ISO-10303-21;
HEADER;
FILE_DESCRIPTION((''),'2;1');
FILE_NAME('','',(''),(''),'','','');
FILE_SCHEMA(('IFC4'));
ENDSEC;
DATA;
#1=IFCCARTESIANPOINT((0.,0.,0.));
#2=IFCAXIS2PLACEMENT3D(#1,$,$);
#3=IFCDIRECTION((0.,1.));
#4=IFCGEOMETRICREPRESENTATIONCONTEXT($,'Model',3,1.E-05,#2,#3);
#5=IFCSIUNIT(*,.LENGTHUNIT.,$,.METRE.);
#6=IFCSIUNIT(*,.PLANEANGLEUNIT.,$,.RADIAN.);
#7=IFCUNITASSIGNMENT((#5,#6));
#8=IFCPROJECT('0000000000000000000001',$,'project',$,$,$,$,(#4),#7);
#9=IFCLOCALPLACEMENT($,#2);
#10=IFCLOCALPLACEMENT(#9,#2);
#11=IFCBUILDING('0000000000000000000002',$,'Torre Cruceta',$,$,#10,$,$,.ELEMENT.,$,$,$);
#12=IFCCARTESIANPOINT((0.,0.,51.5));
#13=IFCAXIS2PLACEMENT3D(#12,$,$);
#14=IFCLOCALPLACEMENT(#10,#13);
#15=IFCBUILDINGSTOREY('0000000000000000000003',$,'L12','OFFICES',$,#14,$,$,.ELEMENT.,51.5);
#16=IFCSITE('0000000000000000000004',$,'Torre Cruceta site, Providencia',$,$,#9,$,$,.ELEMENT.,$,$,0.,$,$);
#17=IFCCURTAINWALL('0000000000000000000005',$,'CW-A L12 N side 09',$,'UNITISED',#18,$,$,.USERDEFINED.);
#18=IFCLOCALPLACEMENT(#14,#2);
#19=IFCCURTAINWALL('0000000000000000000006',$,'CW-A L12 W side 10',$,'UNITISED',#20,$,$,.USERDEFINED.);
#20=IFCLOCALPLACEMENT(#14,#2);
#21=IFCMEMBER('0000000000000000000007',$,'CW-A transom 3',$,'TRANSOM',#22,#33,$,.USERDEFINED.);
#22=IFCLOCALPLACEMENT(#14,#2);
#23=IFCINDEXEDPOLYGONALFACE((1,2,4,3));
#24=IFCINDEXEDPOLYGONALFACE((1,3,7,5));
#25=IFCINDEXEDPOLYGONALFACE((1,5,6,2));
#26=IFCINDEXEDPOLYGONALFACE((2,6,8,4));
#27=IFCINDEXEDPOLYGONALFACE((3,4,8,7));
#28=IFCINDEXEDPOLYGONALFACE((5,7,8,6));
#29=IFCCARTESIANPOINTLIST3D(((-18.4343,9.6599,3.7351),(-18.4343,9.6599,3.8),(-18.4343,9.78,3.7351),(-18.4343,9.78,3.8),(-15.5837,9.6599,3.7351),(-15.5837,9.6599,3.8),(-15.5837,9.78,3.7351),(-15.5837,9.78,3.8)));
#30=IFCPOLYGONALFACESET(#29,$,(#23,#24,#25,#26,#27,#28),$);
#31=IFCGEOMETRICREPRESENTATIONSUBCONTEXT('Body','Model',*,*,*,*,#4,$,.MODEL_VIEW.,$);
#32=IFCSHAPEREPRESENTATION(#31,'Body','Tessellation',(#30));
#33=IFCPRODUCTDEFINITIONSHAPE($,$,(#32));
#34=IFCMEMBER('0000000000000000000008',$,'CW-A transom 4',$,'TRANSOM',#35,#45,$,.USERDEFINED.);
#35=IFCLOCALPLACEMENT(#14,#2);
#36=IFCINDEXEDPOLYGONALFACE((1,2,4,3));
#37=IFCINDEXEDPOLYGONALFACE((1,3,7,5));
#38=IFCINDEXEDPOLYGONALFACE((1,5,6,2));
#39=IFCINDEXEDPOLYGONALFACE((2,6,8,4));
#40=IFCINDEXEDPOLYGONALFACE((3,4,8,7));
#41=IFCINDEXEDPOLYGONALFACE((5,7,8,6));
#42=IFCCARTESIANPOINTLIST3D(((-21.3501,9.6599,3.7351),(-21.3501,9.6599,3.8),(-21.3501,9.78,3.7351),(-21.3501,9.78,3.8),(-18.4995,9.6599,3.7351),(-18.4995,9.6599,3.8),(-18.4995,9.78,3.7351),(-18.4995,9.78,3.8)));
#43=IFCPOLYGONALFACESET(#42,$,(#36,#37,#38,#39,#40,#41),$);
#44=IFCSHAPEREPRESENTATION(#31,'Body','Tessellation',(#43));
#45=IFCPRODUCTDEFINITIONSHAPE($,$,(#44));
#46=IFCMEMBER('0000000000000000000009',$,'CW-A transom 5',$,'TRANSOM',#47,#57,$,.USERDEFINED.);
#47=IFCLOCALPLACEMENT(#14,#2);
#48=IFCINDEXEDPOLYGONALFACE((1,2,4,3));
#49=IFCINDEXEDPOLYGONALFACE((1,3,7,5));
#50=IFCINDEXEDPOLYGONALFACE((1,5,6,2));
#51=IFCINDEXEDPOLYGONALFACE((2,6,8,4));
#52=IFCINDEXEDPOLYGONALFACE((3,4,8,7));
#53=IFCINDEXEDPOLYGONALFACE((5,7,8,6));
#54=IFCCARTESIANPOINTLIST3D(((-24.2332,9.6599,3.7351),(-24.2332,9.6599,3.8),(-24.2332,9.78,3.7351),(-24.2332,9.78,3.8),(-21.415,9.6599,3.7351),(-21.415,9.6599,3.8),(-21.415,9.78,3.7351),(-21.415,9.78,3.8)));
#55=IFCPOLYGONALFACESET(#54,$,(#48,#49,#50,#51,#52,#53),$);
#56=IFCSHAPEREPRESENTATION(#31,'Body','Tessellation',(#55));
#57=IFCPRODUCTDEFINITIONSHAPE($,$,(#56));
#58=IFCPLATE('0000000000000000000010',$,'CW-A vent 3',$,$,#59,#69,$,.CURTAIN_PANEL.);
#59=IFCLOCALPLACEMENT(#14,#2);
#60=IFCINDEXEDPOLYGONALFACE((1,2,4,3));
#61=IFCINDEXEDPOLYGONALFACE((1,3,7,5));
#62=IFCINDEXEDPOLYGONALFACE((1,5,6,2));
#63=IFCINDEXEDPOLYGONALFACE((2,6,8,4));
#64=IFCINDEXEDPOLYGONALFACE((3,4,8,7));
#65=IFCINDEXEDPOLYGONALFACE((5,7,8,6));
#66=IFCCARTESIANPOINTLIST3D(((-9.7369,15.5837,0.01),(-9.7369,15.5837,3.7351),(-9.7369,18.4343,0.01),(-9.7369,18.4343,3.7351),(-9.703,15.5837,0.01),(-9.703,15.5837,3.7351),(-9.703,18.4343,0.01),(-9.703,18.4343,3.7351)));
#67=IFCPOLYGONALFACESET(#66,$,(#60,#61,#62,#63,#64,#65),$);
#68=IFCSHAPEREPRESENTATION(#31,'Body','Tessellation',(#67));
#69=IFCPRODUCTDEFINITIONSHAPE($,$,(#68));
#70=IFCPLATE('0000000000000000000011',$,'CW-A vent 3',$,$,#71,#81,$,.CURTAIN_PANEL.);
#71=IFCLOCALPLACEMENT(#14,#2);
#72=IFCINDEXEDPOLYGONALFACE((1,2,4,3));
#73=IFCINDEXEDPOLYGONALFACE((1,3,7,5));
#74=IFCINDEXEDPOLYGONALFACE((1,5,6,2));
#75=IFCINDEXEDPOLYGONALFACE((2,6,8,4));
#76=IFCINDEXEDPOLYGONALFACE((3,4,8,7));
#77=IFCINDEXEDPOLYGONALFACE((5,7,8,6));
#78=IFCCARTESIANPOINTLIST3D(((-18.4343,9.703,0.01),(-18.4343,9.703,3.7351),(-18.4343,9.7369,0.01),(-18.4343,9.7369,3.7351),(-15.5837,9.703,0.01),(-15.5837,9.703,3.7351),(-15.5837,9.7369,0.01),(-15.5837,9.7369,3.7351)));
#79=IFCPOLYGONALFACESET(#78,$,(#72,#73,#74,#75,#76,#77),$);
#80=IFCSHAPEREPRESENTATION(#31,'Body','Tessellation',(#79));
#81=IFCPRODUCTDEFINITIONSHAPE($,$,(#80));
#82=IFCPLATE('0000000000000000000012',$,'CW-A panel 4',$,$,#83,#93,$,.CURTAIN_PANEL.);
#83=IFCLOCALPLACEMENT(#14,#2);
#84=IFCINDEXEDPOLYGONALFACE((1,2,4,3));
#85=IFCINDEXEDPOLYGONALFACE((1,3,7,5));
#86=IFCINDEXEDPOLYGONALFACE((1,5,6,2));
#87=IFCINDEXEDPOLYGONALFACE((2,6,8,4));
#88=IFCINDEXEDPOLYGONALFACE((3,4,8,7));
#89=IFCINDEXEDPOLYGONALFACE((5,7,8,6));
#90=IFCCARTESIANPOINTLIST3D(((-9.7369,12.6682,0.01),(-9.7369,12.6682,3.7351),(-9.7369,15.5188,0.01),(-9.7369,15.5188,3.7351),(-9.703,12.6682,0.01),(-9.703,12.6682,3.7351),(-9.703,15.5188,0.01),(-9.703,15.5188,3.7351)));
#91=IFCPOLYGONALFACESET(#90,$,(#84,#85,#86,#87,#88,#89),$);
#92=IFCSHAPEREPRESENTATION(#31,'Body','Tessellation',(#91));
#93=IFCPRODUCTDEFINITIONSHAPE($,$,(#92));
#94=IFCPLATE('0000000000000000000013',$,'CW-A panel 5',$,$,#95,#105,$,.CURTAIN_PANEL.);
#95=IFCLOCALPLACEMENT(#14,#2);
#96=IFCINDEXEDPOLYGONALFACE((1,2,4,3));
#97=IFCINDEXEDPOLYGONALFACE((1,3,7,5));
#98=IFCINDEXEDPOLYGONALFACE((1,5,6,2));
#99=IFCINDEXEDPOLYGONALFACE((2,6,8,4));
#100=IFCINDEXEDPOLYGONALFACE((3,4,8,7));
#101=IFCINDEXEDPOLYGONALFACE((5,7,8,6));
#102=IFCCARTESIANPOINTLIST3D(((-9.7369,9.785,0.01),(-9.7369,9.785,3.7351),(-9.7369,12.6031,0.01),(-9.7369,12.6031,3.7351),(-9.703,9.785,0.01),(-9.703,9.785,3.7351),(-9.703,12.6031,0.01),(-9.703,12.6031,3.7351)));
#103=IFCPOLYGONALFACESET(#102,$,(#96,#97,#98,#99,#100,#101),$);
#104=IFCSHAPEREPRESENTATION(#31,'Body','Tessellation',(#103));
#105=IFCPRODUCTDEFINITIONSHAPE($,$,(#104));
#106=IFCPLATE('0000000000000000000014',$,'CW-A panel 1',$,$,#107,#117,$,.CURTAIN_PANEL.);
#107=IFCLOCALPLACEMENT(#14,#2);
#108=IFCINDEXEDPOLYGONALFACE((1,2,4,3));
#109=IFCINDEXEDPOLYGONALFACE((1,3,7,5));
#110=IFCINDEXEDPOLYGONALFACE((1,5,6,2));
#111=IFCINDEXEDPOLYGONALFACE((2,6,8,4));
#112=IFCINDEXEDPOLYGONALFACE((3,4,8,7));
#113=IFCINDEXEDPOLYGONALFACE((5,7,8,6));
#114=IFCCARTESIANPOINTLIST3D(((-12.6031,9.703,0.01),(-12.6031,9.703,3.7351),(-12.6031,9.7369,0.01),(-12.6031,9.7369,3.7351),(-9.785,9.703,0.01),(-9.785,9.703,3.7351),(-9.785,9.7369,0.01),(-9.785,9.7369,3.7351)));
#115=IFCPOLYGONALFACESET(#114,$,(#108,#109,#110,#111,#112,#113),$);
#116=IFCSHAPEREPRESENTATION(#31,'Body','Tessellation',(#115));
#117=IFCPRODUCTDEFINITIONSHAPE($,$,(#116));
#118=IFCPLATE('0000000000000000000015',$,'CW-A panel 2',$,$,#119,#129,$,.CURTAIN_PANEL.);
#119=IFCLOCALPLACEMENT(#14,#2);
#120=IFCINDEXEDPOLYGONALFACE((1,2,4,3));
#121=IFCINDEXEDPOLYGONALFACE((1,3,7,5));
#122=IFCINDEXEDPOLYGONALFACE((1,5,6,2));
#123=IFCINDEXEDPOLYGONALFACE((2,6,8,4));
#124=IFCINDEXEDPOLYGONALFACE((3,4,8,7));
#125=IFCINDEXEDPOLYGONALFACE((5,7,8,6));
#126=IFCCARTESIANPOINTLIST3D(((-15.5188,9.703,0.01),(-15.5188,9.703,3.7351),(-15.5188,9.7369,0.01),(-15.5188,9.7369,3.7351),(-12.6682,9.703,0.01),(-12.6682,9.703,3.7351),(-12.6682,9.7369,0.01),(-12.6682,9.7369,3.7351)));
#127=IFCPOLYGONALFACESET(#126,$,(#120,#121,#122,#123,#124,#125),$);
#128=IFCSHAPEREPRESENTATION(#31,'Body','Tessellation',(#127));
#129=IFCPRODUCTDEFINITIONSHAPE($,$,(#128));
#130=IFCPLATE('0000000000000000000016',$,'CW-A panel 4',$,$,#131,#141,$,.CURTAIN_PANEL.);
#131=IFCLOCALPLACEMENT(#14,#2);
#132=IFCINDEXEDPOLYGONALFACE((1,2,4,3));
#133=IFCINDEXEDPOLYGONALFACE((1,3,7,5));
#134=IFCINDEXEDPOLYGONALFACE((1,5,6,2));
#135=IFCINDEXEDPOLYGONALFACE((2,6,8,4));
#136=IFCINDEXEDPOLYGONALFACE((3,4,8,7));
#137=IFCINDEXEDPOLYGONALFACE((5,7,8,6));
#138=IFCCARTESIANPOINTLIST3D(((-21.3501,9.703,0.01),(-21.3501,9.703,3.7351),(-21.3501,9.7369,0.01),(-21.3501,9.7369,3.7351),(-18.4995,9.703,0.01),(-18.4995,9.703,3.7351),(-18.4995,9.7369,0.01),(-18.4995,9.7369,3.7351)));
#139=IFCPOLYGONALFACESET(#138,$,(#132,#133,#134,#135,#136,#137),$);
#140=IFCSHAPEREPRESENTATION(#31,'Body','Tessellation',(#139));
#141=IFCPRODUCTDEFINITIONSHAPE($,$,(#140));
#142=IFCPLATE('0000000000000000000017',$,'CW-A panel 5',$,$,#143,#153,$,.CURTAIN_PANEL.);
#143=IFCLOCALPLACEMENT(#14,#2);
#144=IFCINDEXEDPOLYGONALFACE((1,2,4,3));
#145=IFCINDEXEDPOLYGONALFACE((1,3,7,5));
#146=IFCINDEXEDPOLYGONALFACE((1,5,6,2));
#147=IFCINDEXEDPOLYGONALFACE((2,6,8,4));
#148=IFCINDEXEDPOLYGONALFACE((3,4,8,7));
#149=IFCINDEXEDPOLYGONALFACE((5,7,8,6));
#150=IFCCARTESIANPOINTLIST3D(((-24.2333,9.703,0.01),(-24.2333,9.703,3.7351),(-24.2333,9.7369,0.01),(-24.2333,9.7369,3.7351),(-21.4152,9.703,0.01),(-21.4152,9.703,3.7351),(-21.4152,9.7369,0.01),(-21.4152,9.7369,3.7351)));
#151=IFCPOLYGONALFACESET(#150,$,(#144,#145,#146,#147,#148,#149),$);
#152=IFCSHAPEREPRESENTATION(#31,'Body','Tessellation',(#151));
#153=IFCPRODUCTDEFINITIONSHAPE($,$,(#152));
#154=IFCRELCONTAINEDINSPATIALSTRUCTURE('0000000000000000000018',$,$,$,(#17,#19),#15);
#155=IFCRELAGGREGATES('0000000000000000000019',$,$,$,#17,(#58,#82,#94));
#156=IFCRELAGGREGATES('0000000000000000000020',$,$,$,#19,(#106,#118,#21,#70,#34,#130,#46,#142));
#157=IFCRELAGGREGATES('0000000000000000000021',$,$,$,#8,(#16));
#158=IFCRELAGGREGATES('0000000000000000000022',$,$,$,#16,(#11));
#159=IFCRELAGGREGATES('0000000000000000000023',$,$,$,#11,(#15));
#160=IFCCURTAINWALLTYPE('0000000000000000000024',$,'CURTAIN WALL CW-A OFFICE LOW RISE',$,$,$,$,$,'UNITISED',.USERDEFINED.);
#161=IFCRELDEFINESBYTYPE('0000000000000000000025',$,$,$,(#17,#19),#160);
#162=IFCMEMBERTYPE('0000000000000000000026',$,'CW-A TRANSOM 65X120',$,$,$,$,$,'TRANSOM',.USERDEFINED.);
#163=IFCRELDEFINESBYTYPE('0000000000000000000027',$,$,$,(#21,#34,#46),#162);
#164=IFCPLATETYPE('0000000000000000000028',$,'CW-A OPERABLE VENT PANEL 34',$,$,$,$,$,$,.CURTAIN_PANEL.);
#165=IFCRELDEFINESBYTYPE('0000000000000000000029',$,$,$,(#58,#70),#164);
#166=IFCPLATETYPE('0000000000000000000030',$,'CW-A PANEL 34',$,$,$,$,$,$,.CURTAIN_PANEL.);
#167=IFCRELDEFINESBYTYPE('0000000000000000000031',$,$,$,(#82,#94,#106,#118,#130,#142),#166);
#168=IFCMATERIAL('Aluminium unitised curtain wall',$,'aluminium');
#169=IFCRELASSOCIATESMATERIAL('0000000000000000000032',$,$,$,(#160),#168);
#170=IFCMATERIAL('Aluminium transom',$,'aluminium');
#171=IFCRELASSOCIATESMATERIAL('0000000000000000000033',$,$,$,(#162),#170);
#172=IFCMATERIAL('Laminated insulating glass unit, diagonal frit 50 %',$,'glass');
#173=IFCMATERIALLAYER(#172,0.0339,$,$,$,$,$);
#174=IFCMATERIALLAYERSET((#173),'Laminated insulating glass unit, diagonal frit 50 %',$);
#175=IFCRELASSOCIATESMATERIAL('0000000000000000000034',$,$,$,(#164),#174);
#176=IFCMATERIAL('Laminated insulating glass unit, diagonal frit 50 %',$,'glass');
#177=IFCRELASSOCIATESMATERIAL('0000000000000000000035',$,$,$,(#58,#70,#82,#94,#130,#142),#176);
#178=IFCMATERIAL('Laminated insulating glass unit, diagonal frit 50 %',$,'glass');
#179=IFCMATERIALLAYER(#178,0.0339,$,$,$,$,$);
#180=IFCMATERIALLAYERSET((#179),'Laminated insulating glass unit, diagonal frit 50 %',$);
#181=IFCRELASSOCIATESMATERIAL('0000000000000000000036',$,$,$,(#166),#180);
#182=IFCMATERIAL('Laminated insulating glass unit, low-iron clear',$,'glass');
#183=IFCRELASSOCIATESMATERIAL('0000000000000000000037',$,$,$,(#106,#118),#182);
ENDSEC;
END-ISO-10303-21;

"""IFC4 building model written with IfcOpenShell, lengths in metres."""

from ifc_helpers import new_model, si_unit, direction, frame, origin, origin_2d, place, context, subcontext, project, spatial, rectangle, extrude, material, layer, layer_set, material_profile, profile_set, type_object, element, aggregate, save


model = new_model("IFC4")

# Units and contexts
model_context = context("Model", 3, precision=1e-05, world=origin(), true_north=direction((0.0, 1.0)))
body_context = subcontext(model_context, "Body", "Model", "MODEL_VIEW")
ifc_project = project(units=[si_unit("LENGTHUNIT", "METRE"), si_unit("PLANEANGLEUNIT", "RADIAN")], contexts=[model_context])

# Site, building, storey
site_placement = place(None, origin())
site = spatial("IfcSite", under=ifc_project, at=site_placement, Name="Torre Cruceta site, Providencia", CompositionType="ELEMENT", RefElevation=0.0)
building_placement = place(site_placement, origin())
building = spatial("IfcBuilding", under=site, at=building_placement, Name="Torre Cruceta", CompositionType="ELEMENT")
storey_placement = place(building_placement, frame((0.0, 0.0, 51.5)))
storey = spatial("IfcBuildingStorey", under=building, at=storey_placement, Name="L12", Description="OFFICES", CompositionType="ELEMENT", Elevation=51.5)

# Curtain walls
ifc_material_1 = material(Name="Aluminium unitised curtain wall", Category="aluminium")
curtain_wall_type = type_object("IfcCurtainWallType", Name="CURTAIN WALL CW-A OFFICE LOW RISE", ElementType="UNITISED", PredefinedType="USERDEFINED", material=ifc_material_1)
curtain_wall_1_placement = place(storey_placement, origin())
curtain_wall_1 = element("IfcCurtainWall", 1, at=curtain_wall_1_placement, inside=storey, type_object=curtain_wall_type, Name="CW-A L12 N side 09", ObjectType="UNITISED", PredefinedType="USERDEFINED")
curtain_wall_2_placement = place(storey_placement, origin())
curtain_wall_2 = element("IfcCurtainWall", 2, at=curtain_wall_2_placement, inside=storey, type_object=curtain_wall_type, Name="CW-A L12 W side 10", ObjectType="UNITISED", PredefinedType="USERDEFINED")

# Members
ifc_material_2 = material(Name="Aluminium transom", Category="aluminium")
ifc_material_profile_1 = material_profile(ifc_material_2, rectangle(XDim=0.1201, YDim=0.0649, at=origin_2d()), Name="AL 120X65")
ifc_profile_set_1 = profile_set([ifc_material_profile_1], Name="Aluminium transom")
member_type_1 = type_object("IfcMemberType", Name="CW-A TRANSOM 65X120", ElementType="TRANSOM", PredefinedType="USERDEFINED", material=ifc_profile_set_1)
member_1_placement = place(storey_placement, frame((-15.5837, 9.72, 3.7676), z_axis=(-1.0, 0.0, 0.0), x_axis=(0.0, -1.0, 0.0)))
member_1 = element("IfcMember", 3, at=member_1_placement, type_object=member_type_1, Name="CW-A transom 3", ObjectType="TRANSOM", PredefinedType="USERDEFINED", context=body_context, shape_type="SweptSolid", body=[
    extrude(rectangle(XDim=0.1201, YDim=0.0649, at=origin_2d()), origin(), (0.0, 0.0, 1.0), 2.8506),
])
member_2_placement = place(storey_placement, frame((-18.4995, 9.72, 3.7676), z_axis=(-1.0, 0.0, 0.0), x_axis=(0.0, -1.0, 0.0)))
member_2 = element("IfcMember", 4, at=member_2_placement, type_object=member_type_1, Name="CW-A transom 4", ObjectType="TRANSOM", PredefinedType="USERDEFINED", context=body_context, shape_type="SweptSolid", body=[
    extrude(rectangle(XDim=0.1201, YDim=0.0649, at=origin_2d()), origin(), (0.0, 0.0, 1.0), 2.8506),
])
member_3_placement = place(storey_placement, frame((-21.415, 9.72, 3.7676), z_axis=(-1.0, 0.0, 0.0), x_axis=(0.0, -1.0, 0.0)))
member_3 = element("IfcMember", 5, at=member_3_placement, type_object=member_type_1, Name="CW-A transom 5", ObjectType="TRANSOM", PredefinedType="USERDEFINED", context=body_context, shape_type="SweptSolid", body=[
    extrude(rectangle(XDim=0.1201, YDim=0.0649, at=origin_2d()), origin(), (0.0, 0.0, 1.0), 2.8181),
])

# Plates
ifc_material_3 = material(Name="Laminated insulating glass unit, diagonal frit 50 %", Category="glass")
ifc_material_4 = material(Name="Laminated insulating glass unit, diagonal frit 50 %", Category="glass")
ifc_layer_1 = layer(ifc_material_4, 0.0339)
ifc_layer_set_1 = layer_set([ifc_layer_1], Name="Laminated insulating glass unit, diagonal frit 50 %")
plate_type_1 = type_object("IfcPlateType", Name="CW-A OPERABLE VENT PANEL 34", PredefinedType="CURTAIN_PANEL", material=ifc_layer_set_1)
plate_1_placement = place(storey_placement, frame((-9.72, 17.009, 0.01), z_axis=(0.0, 0.0, 1.0), x_axis=(0.0, -1.0, 0.0)))
plate_1 = element("IfcPlate", 6, at=plate_1_placement, type_object=plate_type_1, material=ifc_material_3, Name="CW-A vent 3", PredefinedType="CURTAIN_PANEL", context=body_context, shape_type="SweptSolid", body=[
    extrude(rectangle(XDim=2.8506, YDim=0.0339, at=origin_2d()), origin(), (0.0, 0.0, 1.0), 3.7251),
])
plate_2_placement = place(storey_placement, frame((-17.009, 9.72, 0.01), z_axis=(0.0, 0.0, 1.0), x_axis=(-1.0, 0.0, 0.0)))
plate_2 = element("IfcPlate", 7, at=plate_2_placement, type_object=plate_type_1, material=ifc_material_3, Name="CW-A vent 3", PredefinedType="CURTAIN_PANEL", context=body_context, shape_type="SweptSolid", body=[
    extrude(rectangle(XDim=2.8506, YDim=0.0339, at=origin_2d()), origin(), (0.0, 0.0, 1.0), 3.7251),
])
ifc_material_5 = material(Name="Laminated insulating glass unit, diagonal frit 50 %", Category="glass")
ifc_layer_2 = layer(ifc_material_5, 0.0339)
ifc_layer_set_2 = layer_set([ifc_layer_2], Name="Laminated insulating glass unit, diagonal frit 50 %")
plate_type_2 = type_object("IfcPlateType", Name="CW-A PANEL 34", PredefinedType="CURTAIN_PANEL", material=ifc_layer_set_2)
plate_3_placement = place(storey_placement, frame((-9.72, 14.0935, 0.01), z_axis=(0.0, 0.0, 1.0), x_axis=(0.0, -1.0, 0.0)))
plate_3 = element("IfcPlate", 8, at=plate_3_placement, type_object=plate_type_2, material=ifc_material_3, Name="CW-A panel 4", PredefinedType="CURTAIN_PANEL", context=body_context, shape_type="SweptSolid", body=[
    extrude(rectangle(XDim=2.8506, YDim=0.0339, at=origin_2d()), origin(), (0.0, 0.0, 1.0), 3.7251),
])
plate_4_placement = place(storey_placement, frame((-9.72, 11.1941, 0.01), z_axis=(0.0, 0.0, 1.0), x_axis=(0.0, -1.0, 0.0)))
plate_4 = element("IfcPlate", 9, at=plate_4_placement, type_object=plate_type_2, material=ifc_material_3, Name="CW-A panel 5", PredefinedType="CURTAIN_PANEL", context=body_context, shape_type="SweptSolid", body=[
    extrude(rectangle(XDim=2.8181, YDim=0.0339, at=origin_2d()), origin(), (0.0, 0.0, 1.0), 3.7251),
])
aggregate(curtain_wall_1, [plate_1, plate_3, plate_4])
ifc_material_6 = material(Name="Laminated insulating glass unit, low-iron clear", Category="glass")
plate_5_placement = place(storey_placement, frame((-11.1941, 9.72, 0.01), z_axis=(0.0, 0.0, 1.0), x_axis=(-1.0, 0.0, 0.0)))
plate_5 = element("IfcPlate", 10, at=plate_5_placement, type_object=plate_type_2, material=ifc_material_6, Name="CW-A panel 1", PredefinedType="CURTAIN_PANEL", context=body_context, shape_type="SweptSolid", body=[
    extrude(rectangle(XDim=2.8181, YDim=0.0339, at=origin_2d()), origin(), (0.0, 0.0, 1.0), 3.7251),
])
plate_6_placement = place(storey_placement, frame((-14.0935, 9.72, 0.01), z_axis=(0.0, 0.0, 1.0), x_axis=(-1.0, 0.0, 0.0)))
plate_6 = element("IfcPlate", 11, at=plate_6_placement, type_object=plate_type_2, material=ifc_material_6, Name="CW-A panel 2", PredefinedType="CURTAIN_PANEL", context=body_context, shape_type="SweptSolid", body=[
    extrude(rectangle(XDim=2.8506, YDim=0.0339, at=origin_2d()), origin(), (0.0, 0.0, 1.0), 3.7251),
])
plate_7_placement = place(storey_placement, frame((-19.9248, 9.72, 0.01), z_axis=(0.0, 0.0, 1.0), x_axis=(-1.0, 0.0, 0.0)))
plate_7 = element("IfcPlate", 12, at=plate_7_placement, type_object=plate_type_2, material=ifc_material_3, Name="CW-A panel 4", PredefinedType="CURTAIN_PANEL", context=body_context, shape_type="SweptSolid", body=[
    extrude(rectangle(XDim=2.8506, YDim=0.0339, at=origin_2d()), origin(), (0.0, 0.0, 1.0), 3.7251),
])
plate_8_placement = place(storey_placement, frame((-22.8242, 9.72, 0.01), z_axis=(0.0, 0.0, 1.0), x_axis=(-1.0, 0.0, 0.0)))
plate_8 = element("IfcPlate", 13, at=plate_8_placement, type_object=plate_type_2, material=ifc_material_3, Name="CW-A panel 5", PredefinedType="CURTAIN_PANEL", context=body_context, shape_type="SweptSolid", body=[
    extrude(rectangle(XDim=2.8181, YDim=0.0339, at=origin_2d()), origin(), (0.0, 0.0, 1.0), 3.7251),
])
aggregate(curtain_wall_2, [plate_5, plate_6, member_1, plate_2, member_2, plate_7, member_3, plate_8])

save(model, "model.ifc")
